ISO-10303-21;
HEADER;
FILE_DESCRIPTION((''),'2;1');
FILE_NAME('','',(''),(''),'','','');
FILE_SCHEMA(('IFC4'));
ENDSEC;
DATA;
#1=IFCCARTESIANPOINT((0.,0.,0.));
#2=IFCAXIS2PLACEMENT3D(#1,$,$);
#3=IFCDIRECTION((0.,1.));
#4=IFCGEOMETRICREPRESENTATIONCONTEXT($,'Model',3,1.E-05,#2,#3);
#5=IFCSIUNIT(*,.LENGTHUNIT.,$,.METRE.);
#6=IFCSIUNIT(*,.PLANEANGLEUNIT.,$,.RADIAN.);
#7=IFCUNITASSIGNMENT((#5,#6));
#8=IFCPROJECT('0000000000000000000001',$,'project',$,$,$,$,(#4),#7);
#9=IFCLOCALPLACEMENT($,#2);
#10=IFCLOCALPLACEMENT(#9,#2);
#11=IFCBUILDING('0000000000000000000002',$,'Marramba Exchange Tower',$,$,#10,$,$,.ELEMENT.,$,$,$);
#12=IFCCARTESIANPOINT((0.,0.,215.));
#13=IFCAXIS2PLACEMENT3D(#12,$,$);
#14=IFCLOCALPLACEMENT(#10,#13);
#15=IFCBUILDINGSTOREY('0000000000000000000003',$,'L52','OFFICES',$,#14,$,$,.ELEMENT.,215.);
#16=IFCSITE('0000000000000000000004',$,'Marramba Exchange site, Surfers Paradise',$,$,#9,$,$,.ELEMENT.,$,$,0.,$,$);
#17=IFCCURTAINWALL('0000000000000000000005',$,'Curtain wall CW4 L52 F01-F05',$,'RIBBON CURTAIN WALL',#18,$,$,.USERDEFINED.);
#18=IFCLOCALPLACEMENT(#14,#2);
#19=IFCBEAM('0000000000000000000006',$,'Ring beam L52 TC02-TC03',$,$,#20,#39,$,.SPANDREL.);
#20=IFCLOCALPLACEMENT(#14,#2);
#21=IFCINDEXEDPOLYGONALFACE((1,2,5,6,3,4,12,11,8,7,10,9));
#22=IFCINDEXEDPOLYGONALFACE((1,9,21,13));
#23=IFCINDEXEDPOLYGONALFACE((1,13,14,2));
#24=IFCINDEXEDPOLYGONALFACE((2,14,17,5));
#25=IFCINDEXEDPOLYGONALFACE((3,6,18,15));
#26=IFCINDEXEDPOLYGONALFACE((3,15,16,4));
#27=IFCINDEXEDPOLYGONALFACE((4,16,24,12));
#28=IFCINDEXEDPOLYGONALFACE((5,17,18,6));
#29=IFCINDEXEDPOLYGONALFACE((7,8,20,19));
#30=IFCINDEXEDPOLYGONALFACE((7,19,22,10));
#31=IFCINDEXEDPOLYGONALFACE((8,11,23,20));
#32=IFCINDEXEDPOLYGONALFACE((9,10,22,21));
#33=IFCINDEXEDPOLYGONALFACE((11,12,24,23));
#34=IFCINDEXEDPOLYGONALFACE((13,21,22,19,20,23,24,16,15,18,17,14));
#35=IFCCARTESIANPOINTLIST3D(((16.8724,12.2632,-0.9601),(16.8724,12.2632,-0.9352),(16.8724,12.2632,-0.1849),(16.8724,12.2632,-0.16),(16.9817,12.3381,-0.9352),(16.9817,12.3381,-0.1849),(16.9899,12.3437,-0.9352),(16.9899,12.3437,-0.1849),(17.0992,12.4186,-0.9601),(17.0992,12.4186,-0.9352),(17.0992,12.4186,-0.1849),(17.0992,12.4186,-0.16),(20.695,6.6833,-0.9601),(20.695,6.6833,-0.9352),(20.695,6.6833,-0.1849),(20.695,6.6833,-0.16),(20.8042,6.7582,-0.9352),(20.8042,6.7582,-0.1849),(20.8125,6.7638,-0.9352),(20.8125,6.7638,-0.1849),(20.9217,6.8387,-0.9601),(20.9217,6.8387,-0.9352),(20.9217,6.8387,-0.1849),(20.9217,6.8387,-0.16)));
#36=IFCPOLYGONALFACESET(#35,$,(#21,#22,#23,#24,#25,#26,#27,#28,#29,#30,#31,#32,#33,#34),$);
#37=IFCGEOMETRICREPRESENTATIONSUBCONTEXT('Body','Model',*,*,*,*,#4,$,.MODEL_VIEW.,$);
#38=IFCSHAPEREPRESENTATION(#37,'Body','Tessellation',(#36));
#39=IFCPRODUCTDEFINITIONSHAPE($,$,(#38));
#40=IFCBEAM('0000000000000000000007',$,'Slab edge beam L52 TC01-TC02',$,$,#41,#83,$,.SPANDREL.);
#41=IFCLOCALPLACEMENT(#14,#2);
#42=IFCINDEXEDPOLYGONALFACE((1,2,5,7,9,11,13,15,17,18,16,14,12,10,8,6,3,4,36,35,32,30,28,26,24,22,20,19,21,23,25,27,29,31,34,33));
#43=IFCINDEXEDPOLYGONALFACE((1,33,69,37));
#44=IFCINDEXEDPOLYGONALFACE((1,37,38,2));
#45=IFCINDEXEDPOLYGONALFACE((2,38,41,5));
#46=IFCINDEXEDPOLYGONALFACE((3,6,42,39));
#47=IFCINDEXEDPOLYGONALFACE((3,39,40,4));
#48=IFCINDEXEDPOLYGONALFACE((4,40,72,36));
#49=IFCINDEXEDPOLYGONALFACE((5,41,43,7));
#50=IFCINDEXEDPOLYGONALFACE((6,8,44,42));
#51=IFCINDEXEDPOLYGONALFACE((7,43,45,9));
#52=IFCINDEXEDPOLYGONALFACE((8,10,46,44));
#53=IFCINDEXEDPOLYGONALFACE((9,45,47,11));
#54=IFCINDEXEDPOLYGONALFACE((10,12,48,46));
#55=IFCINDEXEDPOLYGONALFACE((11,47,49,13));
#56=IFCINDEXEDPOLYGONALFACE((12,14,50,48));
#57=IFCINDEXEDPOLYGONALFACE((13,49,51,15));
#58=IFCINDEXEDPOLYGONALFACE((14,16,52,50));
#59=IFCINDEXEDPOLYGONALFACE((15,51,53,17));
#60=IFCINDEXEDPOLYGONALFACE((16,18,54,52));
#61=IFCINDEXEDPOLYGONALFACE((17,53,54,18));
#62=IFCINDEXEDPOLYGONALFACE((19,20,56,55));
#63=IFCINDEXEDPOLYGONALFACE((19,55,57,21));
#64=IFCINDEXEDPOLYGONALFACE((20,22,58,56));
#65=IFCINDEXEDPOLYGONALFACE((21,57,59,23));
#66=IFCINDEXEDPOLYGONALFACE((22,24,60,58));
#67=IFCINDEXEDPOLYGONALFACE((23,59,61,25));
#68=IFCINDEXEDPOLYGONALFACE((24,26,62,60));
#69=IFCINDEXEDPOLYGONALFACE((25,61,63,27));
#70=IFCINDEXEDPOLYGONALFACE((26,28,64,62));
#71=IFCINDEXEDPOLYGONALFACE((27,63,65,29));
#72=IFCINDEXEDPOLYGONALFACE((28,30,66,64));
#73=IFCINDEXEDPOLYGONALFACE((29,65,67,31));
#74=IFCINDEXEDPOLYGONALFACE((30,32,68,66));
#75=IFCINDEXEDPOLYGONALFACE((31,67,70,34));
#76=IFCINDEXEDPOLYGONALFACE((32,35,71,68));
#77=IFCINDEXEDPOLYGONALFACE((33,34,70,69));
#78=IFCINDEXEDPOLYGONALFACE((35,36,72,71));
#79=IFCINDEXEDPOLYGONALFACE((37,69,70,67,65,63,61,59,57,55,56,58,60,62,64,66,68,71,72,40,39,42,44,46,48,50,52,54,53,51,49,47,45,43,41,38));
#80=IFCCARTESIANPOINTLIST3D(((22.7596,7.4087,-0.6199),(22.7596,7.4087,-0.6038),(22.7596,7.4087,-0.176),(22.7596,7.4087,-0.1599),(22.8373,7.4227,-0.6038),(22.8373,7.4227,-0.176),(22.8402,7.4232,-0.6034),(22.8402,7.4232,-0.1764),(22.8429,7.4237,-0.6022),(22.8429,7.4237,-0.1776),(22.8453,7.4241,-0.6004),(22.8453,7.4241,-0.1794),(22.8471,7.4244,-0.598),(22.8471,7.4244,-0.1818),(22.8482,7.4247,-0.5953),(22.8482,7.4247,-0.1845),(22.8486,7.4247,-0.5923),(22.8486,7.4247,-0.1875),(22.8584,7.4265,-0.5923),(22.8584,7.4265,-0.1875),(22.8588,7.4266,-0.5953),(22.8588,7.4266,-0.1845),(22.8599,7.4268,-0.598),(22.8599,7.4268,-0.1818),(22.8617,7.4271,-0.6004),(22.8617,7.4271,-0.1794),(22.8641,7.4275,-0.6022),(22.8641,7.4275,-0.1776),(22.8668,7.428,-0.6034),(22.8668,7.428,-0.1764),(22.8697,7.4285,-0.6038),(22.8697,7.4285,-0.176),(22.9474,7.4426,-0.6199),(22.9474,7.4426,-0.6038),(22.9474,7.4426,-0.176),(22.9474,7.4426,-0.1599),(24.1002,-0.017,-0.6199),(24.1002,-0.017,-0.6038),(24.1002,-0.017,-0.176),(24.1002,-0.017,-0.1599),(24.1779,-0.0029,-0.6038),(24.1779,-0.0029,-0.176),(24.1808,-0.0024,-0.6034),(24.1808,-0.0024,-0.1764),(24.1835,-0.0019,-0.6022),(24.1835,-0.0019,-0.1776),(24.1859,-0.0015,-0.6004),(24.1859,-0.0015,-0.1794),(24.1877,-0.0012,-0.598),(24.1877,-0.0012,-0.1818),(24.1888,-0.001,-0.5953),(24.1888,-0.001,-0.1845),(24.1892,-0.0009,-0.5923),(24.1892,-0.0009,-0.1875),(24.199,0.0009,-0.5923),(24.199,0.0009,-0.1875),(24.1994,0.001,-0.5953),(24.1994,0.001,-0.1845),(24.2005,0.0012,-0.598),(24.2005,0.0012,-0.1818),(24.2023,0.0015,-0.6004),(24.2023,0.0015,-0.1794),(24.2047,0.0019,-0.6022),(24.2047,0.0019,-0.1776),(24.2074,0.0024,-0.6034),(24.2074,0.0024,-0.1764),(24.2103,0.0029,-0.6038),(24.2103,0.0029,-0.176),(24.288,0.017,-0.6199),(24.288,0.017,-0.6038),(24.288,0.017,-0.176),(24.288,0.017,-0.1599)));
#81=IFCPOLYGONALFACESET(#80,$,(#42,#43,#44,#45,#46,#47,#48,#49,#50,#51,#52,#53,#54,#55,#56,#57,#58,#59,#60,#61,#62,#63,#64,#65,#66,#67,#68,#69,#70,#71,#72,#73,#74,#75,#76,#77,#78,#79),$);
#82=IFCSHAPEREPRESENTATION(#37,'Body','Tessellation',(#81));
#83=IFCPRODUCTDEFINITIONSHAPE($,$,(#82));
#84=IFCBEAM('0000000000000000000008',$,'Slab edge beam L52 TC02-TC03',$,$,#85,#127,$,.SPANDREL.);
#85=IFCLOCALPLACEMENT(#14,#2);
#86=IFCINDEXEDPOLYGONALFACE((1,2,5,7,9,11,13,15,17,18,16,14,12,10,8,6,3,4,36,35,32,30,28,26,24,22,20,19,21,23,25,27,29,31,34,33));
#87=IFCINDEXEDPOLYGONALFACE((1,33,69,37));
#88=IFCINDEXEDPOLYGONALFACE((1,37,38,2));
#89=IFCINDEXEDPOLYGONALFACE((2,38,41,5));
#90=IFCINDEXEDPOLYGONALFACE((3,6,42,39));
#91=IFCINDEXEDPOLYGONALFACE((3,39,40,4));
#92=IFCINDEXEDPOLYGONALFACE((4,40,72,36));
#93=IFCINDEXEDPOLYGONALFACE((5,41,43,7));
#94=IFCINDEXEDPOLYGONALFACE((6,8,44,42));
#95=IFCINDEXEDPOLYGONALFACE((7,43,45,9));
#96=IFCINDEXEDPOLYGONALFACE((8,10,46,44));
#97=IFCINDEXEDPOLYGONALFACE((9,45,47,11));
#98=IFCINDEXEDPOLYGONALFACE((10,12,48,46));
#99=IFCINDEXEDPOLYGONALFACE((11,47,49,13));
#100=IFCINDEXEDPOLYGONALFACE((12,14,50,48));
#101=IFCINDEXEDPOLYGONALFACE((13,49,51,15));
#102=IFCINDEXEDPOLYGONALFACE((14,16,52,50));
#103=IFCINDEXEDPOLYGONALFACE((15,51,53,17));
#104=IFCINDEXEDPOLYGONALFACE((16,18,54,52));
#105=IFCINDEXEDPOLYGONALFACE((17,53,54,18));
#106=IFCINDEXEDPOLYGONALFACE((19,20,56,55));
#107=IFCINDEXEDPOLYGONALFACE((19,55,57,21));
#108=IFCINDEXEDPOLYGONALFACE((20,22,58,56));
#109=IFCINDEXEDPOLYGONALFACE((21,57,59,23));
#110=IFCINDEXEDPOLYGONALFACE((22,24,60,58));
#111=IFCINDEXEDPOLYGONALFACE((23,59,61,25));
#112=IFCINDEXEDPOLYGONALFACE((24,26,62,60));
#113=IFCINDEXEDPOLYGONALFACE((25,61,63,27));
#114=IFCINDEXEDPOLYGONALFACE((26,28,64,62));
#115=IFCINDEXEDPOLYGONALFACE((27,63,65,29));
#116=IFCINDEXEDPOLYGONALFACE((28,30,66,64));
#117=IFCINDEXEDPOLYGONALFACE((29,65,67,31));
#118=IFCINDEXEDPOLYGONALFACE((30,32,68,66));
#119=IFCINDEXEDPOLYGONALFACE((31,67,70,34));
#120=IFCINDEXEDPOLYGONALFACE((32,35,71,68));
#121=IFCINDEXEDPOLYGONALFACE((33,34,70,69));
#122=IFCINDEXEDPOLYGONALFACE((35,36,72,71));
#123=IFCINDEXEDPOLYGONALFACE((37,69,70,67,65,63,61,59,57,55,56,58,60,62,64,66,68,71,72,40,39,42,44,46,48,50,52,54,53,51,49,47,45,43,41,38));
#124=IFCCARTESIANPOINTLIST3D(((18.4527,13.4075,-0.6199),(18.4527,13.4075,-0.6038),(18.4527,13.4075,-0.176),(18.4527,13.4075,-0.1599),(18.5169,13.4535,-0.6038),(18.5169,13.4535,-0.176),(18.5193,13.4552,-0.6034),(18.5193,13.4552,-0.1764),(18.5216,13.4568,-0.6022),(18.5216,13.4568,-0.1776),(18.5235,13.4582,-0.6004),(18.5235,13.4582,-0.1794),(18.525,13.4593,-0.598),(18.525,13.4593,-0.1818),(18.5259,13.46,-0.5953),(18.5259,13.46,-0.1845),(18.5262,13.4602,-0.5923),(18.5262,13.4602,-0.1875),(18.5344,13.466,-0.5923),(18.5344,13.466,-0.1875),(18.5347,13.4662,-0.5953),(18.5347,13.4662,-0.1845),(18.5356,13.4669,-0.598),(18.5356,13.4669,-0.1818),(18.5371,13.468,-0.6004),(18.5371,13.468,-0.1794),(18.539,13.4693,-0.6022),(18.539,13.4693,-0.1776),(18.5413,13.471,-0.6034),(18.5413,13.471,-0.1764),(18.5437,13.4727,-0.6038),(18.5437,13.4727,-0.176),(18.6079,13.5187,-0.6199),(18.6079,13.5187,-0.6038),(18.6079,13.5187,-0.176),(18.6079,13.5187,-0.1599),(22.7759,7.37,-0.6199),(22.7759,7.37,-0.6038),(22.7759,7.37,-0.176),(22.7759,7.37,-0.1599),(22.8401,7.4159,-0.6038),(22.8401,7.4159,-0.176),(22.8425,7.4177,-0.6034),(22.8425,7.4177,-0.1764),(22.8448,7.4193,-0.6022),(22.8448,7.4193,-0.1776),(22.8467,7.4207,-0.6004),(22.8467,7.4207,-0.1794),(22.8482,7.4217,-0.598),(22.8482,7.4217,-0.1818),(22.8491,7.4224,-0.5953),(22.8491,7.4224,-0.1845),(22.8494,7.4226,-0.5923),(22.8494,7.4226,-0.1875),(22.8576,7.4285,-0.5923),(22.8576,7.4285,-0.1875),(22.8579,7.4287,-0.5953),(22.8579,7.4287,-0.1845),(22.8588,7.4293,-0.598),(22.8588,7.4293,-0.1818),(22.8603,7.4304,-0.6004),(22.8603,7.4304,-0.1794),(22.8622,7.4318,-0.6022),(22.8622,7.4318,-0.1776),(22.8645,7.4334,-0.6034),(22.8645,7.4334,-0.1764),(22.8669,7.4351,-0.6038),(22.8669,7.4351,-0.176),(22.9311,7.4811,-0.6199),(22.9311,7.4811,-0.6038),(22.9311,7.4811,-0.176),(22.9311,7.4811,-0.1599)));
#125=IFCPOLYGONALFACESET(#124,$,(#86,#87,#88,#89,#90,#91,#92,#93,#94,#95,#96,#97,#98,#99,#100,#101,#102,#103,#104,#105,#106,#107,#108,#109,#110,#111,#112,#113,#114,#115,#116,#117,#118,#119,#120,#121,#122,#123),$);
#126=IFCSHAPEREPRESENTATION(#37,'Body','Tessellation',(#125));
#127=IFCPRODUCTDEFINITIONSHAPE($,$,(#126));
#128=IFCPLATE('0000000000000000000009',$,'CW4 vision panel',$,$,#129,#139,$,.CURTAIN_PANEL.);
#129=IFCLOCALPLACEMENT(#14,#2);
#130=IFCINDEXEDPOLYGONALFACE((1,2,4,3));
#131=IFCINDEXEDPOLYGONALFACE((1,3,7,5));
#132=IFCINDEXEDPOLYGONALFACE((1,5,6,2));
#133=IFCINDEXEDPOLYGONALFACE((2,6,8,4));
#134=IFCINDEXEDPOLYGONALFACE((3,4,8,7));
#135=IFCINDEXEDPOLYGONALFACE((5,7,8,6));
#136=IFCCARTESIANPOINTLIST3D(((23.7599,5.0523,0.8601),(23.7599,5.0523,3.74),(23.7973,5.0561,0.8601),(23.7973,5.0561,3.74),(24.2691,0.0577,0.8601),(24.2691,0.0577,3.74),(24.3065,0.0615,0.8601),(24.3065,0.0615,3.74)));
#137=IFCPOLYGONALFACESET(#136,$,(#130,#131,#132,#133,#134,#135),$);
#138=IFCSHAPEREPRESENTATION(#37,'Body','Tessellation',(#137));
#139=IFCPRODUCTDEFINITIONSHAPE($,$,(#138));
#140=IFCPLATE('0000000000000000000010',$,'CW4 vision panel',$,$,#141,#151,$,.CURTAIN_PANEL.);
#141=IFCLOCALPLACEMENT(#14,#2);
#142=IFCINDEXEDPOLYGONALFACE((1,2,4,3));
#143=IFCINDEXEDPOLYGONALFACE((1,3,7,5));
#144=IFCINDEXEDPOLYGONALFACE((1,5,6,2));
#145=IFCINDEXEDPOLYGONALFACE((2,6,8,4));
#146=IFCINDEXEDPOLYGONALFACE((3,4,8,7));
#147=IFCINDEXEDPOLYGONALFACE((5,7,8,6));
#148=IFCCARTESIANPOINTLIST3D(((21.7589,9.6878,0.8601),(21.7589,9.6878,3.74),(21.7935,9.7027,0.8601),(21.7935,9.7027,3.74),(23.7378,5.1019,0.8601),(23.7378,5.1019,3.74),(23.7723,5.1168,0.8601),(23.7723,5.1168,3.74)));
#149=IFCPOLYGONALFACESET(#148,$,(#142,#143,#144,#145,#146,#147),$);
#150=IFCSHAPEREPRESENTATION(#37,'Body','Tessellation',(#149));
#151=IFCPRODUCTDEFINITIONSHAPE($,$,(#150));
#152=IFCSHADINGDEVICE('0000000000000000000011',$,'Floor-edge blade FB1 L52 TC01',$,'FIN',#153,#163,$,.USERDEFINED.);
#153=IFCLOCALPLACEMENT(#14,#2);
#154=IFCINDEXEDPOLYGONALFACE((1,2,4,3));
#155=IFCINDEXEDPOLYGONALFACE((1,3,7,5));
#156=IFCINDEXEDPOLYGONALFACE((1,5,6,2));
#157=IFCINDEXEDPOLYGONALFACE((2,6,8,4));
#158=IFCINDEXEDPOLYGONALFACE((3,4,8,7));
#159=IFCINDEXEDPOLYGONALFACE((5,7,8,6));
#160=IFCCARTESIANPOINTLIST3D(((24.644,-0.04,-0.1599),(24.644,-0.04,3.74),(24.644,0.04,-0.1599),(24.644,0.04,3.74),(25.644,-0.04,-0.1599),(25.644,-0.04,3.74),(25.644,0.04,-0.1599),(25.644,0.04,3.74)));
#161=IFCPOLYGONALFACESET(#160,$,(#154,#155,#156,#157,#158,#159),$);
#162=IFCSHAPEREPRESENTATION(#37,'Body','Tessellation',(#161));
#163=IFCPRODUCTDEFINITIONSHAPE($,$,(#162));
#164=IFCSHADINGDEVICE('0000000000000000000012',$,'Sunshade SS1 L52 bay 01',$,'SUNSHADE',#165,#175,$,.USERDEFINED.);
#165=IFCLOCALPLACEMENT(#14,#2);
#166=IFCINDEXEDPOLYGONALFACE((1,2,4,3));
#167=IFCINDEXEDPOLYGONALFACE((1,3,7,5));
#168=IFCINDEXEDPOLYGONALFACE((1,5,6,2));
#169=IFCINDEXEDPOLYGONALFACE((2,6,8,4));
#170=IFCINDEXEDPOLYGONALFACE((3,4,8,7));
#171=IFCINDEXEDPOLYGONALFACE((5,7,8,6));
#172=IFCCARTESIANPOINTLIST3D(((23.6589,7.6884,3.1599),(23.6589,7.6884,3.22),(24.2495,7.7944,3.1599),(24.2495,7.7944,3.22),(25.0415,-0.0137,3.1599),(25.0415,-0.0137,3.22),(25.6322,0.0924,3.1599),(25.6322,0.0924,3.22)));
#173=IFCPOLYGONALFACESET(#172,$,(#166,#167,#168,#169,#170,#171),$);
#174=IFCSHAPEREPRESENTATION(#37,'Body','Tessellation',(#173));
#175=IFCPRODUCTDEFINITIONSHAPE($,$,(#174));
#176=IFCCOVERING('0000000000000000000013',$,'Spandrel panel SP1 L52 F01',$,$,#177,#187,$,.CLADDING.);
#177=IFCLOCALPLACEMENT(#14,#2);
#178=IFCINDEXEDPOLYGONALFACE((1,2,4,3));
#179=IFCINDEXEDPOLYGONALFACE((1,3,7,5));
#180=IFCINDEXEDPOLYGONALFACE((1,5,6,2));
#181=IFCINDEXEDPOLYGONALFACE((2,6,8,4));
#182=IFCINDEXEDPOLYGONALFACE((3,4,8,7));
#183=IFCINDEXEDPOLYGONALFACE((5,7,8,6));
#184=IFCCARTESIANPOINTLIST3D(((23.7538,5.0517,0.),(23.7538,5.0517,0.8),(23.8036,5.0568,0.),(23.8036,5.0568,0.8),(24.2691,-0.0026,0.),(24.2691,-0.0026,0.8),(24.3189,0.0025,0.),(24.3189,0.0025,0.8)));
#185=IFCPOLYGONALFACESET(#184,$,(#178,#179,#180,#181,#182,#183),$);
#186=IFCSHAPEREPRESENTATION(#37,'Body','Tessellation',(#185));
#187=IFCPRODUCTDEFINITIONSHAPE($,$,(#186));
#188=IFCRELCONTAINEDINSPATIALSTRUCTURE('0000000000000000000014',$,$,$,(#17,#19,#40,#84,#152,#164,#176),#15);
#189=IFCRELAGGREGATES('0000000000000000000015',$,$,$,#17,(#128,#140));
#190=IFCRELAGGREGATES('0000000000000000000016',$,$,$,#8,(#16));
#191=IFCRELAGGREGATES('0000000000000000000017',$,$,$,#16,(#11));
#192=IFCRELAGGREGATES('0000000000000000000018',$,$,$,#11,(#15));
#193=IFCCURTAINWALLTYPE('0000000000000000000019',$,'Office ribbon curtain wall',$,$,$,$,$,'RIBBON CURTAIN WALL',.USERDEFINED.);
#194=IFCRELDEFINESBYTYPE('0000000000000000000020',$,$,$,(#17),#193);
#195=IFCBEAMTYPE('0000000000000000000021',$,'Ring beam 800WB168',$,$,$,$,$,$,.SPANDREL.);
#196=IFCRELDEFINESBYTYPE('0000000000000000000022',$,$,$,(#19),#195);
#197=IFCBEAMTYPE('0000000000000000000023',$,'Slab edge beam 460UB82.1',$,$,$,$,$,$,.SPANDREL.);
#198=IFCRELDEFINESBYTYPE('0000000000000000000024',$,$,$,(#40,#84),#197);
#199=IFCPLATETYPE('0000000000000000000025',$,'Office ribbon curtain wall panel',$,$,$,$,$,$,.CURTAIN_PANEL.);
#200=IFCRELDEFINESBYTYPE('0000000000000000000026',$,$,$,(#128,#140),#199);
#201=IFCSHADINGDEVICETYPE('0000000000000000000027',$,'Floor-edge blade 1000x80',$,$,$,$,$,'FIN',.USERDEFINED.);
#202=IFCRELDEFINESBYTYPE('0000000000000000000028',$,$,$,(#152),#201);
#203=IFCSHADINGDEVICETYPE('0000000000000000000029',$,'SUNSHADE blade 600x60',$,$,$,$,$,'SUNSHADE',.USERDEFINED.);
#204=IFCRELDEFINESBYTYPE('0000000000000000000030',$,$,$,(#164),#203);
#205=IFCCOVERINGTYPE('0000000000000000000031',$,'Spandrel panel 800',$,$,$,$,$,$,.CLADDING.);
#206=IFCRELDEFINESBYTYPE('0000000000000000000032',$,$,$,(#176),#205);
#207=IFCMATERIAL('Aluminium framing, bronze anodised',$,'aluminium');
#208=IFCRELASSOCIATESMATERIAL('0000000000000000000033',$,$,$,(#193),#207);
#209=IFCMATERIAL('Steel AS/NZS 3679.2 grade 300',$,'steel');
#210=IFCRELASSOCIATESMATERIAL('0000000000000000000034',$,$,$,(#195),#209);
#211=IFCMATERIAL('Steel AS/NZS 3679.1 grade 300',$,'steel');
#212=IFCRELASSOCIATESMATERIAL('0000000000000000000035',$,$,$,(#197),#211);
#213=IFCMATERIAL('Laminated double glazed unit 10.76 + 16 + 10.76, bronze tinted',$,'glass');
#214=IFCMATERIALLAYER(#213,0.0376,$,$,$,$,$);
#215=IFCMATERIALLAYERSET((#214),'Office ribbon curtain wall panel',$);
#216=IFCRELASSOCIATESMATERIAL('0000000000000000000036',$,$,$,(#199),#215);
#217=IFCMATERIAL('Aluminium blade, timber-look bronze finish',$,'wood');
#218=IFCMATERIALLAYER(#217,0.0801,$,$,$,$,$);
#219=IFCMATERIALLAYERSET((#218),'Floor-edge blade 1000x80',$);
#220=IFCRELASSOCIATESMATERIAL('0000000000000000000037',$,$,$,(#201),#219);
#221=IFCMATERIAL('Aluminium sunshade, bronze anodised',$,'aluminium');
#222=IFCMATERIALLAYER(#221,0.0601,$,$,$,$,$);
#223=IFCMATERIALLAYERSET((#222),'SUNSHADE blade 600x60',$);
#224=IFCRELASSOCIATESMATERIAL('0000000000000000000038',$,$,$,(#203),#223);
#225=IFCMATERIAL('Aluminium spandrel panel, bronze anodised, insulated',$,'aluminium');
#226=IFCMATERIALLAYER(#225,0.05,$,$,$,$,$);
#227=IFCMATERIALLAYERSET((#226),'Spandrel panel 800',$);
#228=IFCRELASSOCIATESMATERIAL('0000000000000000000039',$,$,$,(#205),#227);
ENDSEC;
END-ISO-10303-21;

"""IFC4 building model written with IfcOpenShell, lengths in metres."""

from ifc_helpers import new_model, si_unit, direction, frame, origin, origin_2d, place, context, subcontext, project, spatial, rectangle, i_section, extrude, material, layer, layer_set, material_profile, profile_set, type_object, element, aggregate, save


model = new_model("IFC4")

# Units and contexts
model_context = context("Model", 3, precision=1e-05, world=origin(), true_north=direction((0.0, 1.0)))
body_context = subcontext(model_context, "Body", "Model", "MODEL_VIEW")
ifc_project = project(units=[si_unit("LENGTHUNIT", "METRE"), si_unit("PLANEANGLEUNIT", "RADIAN")], contexts=[model_context])

# Site, building, storey
site_placement = place(None, origin())
site = spatial("IfcSite", under=ifc_project, at=site_placement, Name="Marramba Exchange site, Surfers Paradise", CompositionType="ELEMENT", RefElevation=0.0)
building_placement = place(site_placement, origin())
building = spatial("IfcBuilding", under=site, at=building_placement, Name="Marramba Exchange Tower", CompositionType="ELEMENT")
storey_placement = place(building_placement, frame((0.0, 0.0, 215.0)))
storey = spatial("IfcBuildingStorey", under=building, at=storey_placement, Name="L52", Description="OFFICES", CompositionType="ELEMENT", Elevation=215.0)

# Shared definitions
ifc_material_1 = material(Name="Steel AS/NZS 3679.2 grade 300", Category="steel")
ifc_material_2 = material(Name="Steel AS/NZS 3679.1 grade 300", Category="steel")

# Curtain wall
ifc_material_3 = material(Name="Aluminium framing, bronze anodised", Category="aluminium")
curtain_wall_type = type_object("IfcCurtainWallType", Name="Office ribbon curtain wall", ElementType="RIBBON CURTAIN WALL", PredefinedType="USERDEFINED", material=ifc_material_3)
curtain_wall_placement = place(storey_placement, origin())
curtain_wall = element("IfcCurtainWall", 1, at=curtain_wall_placement, inside=storey, type_object=curtain_wall_type, Name="Curtain wall CW4 L52 F01-F05", ObjectType="RIBBON CURTAIN WALL", PredefinedType="USERDEFINED")

# Beams
ifc_material_profile_1 = material_profile(ifc_material_1, i_section(OverallWidth=0.2749, OverallDepth=0.8, WebThickness=0.01, FlangeThickness=0.0249, at=origin_2d()), Name="800WB168")
ifc_profile_set_1 = profile_set([ifc_material_profile_1], Name="Steel AS/NZS 3679.2 grade 300")
beam_type_1 = type_object("IfcBeamType", Name="Ring beam 800WB168", PredefinedType="SPANDREL", material=ifc_profile_set_1)
beam_1_placement = place(storey_placement, frame((20.8083, 6.761, -0.5601), z_axis=(-0.56516, 0.824981, 0.0), x_axis=(-0.824981, -0.56516, 0.0)))
element("IfcBeam", 2, at=beam_1_placement, inside=storey, type_object=beam_type_1, Name="Ring beam L52 TC02-TC03", PredefinedType="SPANDREL", context=body_context, shape_type="SweptSolid", body=[
    extrude(i_section(OverallWidth=0.2749, OverallDepth=0.8, WebThickness=0.01, FlangeThickness=0.0249, at=origin_2d()), origin(), (0.0, 0.0, 1.0), 6.7637),
])
ifc_material_profile_2 = material_profile(ifc_material_2, i_section(OverallWidth=0.1909, OverallDepth=0.46, WebThickness=0.01, FlangeThickness=0.0161, FilletRadius=0.0115, at=origin_2d()), Name="460UB82.1")
ifc_profile_set_2 = profile_set([ifc_material_profile_2], Name="Steel AS/NZS 3679.1 grade 300")
beam_type_2 = type_object("IfcBeamType", Name="Slab edge beam 460UB82.1", PredefinedType="SPANDREL", material=ifc_profile_set_2)
beam_2_placement = place(storey_placement, frame((24.1941, 0.0, -0.3899), z_axis=(-0.177664, 0.984091, 0.0), x_axis=(-0.984091, -0.177664, 0.0)))
element("IfcBeam", 3, at=beam_2_placement, inside=storey, type_object=beam_type_2, Name="Slab edge beam L52 TC01-TC02", PredefinedType="SPANDREL", context=body_context, shape_type="SweptSolid", body=[
    extrude(i_section(OverallWidth=0.1909, OverallDepth=0.46, WebThickness=0.01, FlangeThickness=0.0161, FilletRadius=0.0115, at=origin_2d()), origin(), (0.0, 0.0, 1.0), 7.5457),
])
beam_3_placement = place(storey_placement, frame((22.8535, 7.4255, -0.3899), z_axis=(-0.582189, 0.813053, 0.0), x_axis=(-0.813053, -0.582189, 0.0)))
element("IfcBeam", 4, at=beam_3_placement, inside=storey, type_object=beam_type_2, Name="Slab edge beam L52 TC02-TC03", PredefinedType="SPANDREL", context=body_context, shape_type="SweptSolid", body=[
    extrude(i_section(OverallWidth=0.1909, OverallDepth=0.46, WebThickness=0.01, FlangeThickness=0.0161, FilletRadius=0.0115, at=origin_2d()), origin(), (0.0, 0.0, 1.0), 7.4258),
])

# Plates
ifc_material_4 = material(Name="Laminated double glazed unit 10.76 + 16 + 10.76, bronze tinted", Category="glass")
ifc_layer_1 = layer(ifc_material_4, 0.0376)
ifc_layer_set_1 = layer_set([ifc_layer_1], Name="Office ribbon curtain wall panel")
plate_type = type_object("IfcPlateType", Name="Office ribbon curtain wall panel", PredefinedType="CURTAIN_PANEL", material=ifc_layer_set_1)
plate_1_placement = place(storey_placement, frame((24.0332, 2.5569, 0.8601), z_axis=(0.0, 0.0, 1.0), x_axis=(-0.101422, 0.994843, 0.0)))
plate_1 = element("IfcPlate", 5, at=plate_1_placement, type_object=plate_type, Name="CW4 vision panel", PredefinedType="CURTAIN_PANEL", context=body_context, shape_type="SweptSolid", body=[
    extrude(rectangle(XDim=5.0205, YDim=0.0376, at=origin_2d()), origin(), (0.0, 0.0, 1.0), 2.8799),
])
plate_2_placement = place(storey_placement, frame((22.7656, 7.4023, 0.8601), z_axis=(0.0, 0.0, 1.0), x_axis=(-0.396193, 0.918167, 0.0)))
plate_2 = element("IfcPlate", 6, at=plate_2_placement, type_object=plate_type, Name="CW4 vision panel", PredefinedType="CURTAIN_PANEL", context=body_context, shape_type="SweptSolid", body=[
    extrude(rectangle(XDim=4.9946, YDim=0.0376, at=origin_2d()), origin(), (0.0, 0.0, 1.0), 2.8799),
])
aggregate(curtain_wall, [plate_1, plate_2])

# Shading devices
ifc_material_5 = material(Name="Aluminium blade, timber-look bronze finish", Category="wood")
ifc_layer_2 = layer(ifc_material_5, 0.0801)
ifc_layer_set_2 = layer_set([ifc_layer_2], Name="Floor-edge blade 1000x80")
shading_device_type_1 = type_object("IfcShadingDeviceType", Name="Floor-edge blade 1000x80", ElementType="FIN", PredefinedType="USERDEFINED", material=ifc_layer_set_2)
shading_device_1_placement = place(storey_placement, frame((25.144, 0.0, -0.1599), z_axis=(0.0, 0.0, 1.0), x_axis=(1.0, 0.0, 0.0)))
element("IfcShadingDevice", 7, at=shading_device_1_placement, inside=storey, type_object=shading_device_type_1, Name="Floor-edge blade FB1 L52 TC01", ObjectType="FIN", PredefinedType="USERDEFINED", context=body_context, shape_type="SweptSolid", body=[
    extrude(rectangle(XDim=1.0, YDim=0.0801, at=origin_2d()), origin(), (0.0, 0.0, 1.0), 3.8999),
])
ifc_material_6 = material(Name="Aluminium sunshade, bronze anodised", Category="aluminium")
ifc_layer_3 = layer(ifc_material_6, 0.0601)
ifc_layer_set_3 = layer_set([ifc_layer_3], Name="SUNSHADE blade 600x60")
shading_device_type_2 = type_object("IfcShadingDeviceType", Name="SUNSHADE blade 600x60", ElementType="SUNSHADE", PredefinedType="USERDEFINED", material=ifc_layer_set_3)
shading_device_2_placement = place(storey_placement, frame((24.6455, 3.8904, 3.1599), z_axis=(0.0, 0.0, 1.0), x_axis=(-0.176691, 0.984266, 0.0)))
element("IfcShadingDevice", 8, at=shading_device_2_placement, inside=storey, type_object=shading_device_type_2, Name="Sunshade SS1 L52 bay 01", ObjectType="SUNSHADE", PredefinedType="USERDEFINED", context=body_context, shape_type="SweptSolid", body=[
    extrude(rectangle(XDim=7.8252, YDim=0.6001, at=origin_2d()), origin(), (0.0, 0.0, 1.0), 0.0601),
])

# Covering
ifc_material_7 = material(Name="Aluminium spandrel panel, bronze anodised, insulated", Category="aluminium")
ifc_layer_4 = layer(ifc_material_7, 0.05)
ifc_layer_set_4 = layer_set([ifc_layer_4], Name="Spandrel panel 800")
covering_type = type_object("IfcCoveringType", Name="Spandrel panel 800", PredefinedType="CLADDING", material=ifc_layer_set_4)
covering_1_placement = place(storey_placement, frame((24.0364, 2.5271, 0.0), z_axis=(0.0, 0.0, 1.0), x_axis=(-0.101422, 0.994843, 0.0)))
element("IfcCovering", 9, at=covering_1_placement, inside=storey, type_object=covering_type, Name="Spandrel panel SP1 L52 F01", PredefinedType="CLADDING", context=body_context, shape_type="SweptSolid", body=[
    extrude(rectangle(XDim=5.0806, YDim=0.05, at=origin_2d()), origin(), (0.0, 0.0, 1.0), 0.8),
])

save(model, "model.ifc")
